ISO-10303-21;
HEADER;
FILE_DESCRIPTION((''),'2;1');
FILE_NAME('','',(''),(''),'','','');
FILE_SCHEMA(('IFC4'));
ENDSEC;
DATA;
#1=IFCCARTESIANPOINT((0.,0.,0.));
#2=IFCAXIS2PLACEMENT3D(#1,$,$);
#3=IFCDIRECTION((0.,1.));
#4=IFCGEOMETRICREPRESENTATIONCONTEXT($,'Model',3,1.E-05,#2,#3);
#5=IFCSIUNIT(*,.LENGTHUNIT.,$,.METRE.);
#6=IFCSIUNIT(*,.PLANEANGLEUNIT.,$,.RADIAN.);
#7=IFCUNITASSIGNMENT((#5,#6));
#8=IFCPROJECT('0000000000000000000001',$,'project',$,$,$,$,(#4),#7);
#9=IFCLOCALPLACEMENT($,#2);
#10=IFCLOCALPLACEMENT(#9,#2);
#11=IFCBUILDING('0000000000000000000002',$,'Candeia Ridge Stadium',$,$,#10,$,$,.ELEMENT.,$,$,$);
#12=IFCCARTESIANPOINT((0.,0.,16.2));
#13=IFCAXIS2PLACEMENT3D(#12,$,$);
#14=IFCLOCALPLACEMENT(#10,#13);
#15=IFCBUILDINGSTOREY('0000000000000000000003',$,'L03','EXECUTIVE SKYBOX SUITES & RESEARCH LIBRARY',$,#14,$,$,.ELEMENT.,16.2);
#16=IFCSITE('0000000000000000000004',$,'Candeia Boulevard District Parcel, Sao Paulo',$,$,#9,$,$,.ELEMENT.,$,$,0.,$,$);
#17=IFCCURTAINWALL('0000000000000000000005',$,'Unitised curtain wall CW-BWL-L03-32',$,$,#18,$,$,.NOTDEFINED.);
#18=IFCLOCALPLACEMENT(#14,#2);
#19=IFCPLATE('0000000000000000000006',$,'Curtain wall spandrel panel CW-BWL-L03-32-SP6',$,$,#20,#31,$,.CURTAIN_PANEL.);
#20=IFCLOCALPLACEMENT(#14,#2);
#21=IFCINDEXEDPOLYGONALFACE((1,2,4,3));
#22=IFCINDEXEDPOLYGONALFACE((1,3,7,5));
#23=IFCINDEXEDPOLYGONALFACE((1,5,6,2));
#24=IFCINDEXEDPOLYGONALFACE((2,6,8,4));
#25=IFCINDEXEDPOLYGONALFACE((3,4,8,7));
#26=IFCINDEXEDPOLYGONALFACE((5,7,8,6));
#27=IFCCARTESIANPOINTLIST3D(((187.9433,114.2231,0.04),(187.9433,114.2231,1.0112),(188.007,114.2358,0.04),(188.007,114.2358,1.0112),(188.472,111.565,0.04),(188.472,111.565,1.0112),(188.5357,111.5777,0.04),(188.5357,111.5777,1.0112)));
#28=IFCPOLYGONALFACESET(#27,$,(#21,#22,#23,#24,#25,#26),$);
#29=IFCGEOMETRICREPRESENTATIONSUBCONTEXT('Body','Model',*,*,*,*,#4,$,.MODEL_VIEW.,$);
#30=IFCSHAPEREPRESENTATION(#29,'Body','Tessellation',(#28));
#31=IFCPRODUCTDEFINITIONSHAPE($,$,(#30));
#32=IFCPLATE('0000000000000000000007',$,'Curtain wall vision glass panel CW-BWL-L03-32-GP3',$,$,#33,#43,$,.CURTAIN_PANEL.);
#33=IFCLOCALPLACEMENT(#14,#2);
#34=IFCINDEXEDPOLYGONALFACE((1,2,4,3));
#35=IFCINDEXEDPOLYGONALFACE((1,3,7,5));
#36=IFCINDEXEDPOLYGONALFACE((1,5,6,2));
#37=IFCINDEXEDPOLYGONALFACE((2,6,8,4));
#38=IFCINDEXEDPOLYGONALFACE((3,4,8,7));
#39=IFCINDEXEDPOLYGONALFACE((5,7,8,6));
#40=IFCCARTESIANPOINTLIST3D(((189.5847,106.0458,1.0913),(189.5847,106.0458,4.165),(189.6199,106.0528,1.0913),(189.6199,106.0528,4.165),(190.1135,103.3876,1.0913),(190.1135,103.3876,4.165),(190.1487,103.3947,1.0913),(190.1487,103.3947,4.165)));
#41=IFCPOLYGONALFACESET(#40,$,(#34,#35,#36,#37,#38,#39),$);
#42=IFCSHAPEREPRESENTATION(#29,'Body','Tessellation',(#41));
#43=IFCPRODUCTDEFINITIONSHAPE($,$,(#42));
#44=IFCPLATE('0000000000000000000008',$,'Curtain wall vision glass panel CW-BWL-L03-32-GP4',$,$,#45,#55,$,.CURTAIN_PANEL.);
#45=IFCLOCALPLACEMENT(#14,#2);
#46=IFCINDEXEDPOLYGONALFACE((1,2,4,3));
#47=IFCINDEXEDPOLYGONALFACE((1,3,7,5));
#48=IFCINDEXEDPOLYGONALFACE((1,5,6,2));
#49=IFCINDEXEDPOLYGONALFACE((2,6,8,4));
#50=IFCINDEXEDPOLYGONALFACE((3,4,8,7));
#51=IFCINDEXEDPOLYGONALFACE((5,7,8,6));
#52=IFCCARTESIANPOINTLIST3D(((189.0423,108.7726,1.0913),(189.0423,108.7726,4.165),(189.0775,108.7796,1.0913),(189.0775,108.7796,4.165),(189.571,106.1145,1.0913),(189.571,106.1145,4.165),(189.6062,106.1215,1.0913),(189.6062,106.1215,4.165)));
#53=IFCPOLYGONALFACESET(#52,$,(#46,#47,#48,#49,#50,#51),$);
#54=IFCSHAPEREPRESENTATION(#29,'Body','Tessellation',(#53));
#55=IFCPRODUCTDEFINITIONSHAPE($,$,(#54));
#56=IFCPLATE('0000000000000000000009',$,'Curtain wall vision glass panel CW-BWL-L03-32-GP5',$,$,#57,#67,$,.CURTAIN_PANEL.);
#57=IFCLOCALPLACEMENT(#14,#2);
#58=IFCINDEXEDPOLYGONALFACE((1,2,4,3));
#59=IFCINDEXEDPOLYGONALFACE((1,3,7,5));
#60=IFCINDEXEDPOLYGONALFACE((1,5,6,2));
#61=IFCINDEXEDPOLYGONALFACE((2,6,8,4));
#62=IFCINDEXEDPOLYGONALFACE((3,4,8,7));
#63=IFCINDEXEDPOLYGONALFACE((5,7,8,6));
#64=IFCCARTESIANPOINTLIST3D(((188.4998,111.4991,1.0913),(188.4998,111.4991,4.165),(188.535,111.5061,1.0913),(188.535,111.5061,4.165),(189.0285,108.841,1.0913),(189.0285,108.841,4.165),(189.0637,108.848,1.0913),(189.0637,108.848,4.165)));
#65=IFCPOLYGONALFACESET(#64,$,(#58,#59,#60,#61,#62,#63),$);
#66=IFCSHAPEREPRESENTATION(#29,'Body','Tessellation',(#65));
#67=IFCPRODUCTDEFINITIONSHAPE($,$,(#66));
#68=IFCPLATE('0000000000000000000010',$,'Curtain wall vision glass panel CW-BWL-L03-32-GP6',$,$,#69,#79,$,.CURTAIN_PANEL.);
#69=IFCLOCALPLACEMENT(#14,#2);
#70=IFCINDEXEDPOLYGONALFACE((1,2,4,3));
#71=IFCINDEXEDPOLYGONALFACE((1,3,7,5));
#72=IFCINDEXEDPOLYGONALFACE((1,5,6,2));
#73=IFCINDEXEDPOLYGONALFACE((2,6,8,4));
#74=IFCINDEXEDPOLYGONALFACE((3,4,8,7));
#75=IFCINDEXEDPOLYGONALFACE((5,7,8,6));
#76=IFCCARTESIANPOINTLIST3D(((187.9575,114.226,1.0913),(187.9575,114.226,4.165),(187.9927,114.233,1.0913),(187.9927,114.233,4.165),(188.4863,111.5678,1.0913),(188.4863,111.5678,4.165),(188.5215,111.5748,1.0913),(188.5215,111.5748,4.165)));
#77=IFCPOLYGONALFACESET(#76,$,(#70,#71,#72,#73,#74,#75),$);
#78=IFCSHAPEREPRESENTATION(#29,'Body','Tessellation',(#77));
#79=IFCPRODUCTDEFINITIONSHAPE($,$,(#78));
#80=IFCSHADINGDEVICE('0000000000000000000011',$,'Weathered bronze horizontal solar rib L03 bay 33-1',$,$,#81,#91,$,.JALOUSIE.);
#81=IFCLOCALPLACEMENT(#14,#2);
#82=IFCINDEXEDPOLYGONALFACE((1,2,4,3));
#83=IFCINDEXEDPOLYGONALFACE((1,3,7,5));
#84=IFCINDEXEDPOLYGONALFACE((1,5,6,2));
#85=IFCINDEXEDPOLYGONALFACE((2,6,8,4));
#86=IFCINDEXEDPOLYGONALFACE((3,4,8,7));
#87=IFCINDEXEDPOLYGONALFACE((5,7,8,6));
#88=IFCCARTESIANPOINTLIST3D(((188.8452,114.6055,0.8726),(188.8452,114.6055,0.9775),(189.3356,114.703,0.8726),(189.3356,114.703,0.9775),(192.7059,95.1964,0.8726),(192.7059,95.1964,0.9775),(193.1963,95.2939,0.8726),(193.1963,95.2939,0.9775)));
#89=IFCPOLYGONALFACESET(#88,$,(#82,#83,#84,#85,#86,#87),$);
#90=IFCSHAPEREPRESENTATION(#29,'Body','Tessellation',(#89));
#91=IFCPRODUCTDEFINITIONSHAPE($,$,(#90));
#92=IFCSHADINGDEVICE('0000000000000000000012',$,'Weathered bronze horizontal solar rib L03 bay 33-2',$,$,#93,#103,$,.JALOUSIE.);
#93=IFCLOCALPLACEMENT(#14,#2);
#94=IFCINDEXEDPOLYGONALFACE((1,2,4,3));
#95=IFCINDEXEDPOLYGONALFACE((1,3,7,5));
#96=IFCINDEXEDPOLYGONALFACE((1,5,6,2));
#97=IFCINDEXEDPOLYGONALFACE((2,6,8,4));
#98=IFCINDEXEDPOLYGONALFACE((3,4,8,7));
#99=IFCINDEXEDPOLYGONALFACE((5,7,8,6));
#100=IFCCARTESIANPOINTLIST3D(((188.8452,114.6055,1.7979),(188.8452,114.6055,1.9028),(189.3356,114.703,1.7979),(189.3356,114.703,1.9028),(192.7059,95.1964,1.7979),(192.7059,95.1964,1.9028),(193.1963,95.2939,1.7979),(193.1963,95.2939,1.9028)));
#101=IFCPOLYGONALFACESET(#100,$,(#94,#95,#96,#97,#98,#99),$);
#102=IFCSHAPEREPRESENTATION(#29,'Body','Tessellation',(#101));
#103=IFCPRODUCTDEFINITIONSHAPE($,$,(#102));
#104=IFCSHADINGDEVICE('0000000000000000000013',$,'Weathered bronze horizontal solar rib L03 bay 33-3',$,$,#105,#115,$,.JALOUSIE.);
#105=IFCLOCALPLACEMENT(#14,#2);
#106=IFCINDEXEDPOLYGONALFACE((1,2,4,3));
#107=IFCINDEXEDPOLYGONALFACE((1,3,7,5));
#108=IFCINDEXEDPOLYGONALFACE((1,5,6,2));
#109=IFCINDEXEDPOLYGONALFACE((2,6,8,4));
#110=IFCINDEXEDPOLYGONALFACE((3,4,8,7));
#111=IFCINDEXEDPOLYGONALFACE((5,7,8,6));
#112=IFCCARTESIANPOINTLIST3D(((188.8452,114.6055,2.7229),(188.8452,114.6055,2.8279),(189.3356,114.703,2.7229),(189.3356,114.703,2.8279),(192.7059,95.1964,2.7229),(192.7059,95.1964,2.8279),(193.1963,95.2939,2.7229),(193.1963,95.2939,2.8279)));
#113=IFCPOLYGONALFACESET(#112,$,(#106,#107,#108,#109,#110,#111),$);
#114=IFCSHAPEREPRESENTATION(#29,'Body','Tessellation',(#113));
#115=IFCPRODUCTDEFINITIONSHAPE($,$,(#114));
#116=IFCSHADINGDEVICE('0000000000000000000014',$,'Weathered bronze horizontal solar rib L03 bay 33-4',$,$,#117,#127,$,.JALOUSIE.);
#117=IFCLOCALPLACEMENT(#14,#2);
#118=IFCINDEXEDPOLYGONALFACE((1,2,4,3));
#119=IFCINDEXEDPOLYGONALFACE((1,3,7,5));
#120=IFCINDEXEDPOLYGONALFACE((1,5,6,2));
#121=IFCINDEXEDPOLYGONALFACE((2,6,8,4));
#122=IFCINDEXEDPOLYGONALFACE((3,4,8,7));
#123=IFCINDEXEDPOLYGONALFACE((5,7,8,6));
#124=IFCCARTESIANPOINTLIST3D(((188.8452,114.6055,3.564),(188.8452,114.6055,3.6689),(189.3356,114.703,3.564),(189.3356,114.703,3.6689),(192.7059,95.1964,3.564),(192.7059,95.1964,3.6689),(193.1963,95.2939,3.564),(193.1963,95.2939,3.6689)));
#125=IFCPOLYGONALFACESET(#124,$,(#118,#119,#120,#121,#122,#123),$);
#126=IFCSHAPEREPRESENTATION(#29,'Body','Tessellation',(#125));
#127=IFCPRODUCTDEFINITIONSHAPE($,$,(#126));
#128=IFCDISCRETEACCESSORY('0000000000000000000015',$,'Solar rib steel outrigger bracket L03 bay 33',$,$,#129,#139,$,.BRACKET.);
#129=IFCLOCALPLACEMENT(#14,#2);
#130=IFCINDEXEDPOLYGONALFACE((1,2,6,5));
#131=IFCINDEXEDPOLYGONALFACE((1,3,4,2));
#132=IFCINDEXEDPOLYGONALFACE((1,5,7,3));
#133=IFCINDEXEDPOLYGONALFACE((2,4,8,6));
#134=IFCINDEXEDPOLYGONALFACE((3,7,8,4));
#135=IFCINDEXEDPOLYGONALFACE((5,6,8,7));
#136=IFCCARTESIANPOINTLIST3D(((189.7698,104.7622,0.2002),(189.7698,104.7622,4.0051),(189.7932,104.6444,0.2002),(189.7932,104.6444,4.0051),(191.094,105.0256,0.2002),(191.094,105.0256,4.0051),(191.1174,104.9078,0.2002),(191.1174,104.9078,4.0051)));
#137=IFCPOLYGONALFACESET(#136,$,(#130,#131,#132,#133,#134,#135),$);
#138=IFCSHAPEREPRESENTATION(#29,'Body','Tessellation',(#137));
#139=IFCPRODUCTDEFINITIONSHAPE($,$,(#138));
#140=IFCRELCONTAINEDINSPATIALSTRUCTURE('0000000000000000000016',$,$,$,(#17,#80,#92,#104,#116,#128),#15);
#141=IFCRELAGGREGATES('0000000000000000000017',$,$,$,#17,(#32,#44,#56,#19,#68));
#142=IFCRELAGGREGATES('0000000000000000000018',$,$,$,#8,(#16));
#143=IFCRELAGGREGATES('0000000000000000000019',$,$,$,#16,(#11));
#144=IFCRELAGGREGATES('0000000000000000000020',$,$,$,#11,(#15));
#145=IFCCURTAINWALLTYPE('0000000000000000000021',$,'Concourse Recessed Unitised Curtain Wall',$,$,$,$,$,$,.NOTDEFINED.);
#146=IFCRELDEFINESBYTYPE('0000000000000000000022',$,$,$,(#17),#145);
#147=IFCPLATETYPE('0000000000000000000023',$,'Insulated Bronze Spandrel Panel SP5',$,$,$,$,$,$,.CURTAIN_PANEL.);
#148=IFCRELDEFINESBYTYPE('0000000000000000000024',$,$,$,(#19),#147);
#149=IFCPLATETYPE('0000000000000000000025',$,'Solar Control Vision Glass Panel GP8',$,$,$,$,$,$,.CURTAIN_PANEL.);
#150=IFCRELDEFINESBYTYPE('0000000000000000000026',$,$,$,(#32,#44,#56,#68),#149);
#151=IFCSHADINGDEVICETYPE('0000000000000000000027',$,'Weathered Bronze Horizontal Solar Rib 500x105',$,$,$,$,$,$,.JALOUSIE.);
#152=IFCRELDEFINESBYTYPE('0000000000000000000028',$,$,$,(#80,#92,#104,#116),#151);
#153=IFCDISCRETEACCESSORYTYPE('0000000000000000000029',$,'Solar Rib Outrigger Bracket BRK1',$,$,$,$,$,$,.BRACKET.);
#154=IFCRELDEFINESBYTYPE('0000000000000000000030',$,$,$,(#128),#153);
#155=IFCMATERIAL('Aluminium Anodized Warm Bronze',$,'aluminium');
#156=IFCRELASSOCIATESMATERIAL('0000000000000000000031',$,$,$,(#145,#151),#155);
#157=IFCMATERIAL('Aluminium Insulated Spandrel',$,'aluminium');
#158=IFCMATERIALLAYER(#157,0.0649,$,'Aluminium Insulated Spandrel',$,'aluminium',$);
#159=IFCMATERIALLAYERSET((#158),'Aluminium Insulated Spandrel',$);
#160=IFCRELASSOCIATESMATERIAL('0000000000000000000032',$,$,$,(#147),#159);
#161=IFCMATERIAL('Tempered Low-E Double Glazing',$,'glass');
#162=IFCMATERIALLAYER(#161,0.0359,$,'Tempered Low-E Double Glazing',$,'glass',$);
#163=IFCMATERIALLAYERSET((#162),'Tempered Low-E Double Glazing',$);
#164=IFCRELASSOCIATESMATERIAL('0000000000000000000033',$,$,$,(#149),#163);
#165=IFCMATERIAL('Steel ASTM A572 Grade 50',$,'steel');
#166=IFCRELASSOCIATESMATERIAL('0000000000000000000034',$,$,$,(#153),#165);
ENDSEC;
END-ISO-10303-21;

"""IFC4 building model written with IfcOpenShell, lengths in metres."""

from ifc_helpers import new_model, si_unit, direction, frame, origin, origin_2d, place, context, subcontext, project, spatial, rectangle, extrude, material, layer, layer_set, type_object, element, aggregate, save


model = new_model("IFC4")

# Units and contexts
model_context = context("Model", 3, precision=1e-05, world=origin(), true_north=direction((0.0, 1.0)))
body_context = subcontext(model_context, "Body", "Model", "MODEL_VIEW")
ifc_project = project(units=[si_unit("LENGTHUNIT", "METRE"), si_unit("PLANEANGLEUNIT", "RADIAN")], contexts=[model_context])

# Site, building, storey
site_placement = place(None, origin())
site = spatial("IfcSite", under=ifc_project, at=site_placement, Name="Candeia Boulevard District Parcel, Sao Paulo", CompositionType="ELEMENT", RefElevation=0.0)
building_placement = place(site_placement, origin())
building = spatial("IfcBuilding", under=site, at=building_placement, Name="Candeia Ridge Stadium", CompositionType="ELEMENT")
storey_placement = place(building_placement, frame((0.0, 0.0, 16.2)))
storey = spatial("IfcBuildingStorey", under=building, at=storey_placement, Name="L03", Description="EXECUTIVE SKYBOX SUITES & RESEARCH LIBRARY", CompositionType="ELEMENT", Elevation=16.2)

# Curtain wall
ifc_material_1 = material(Name="Aluminium Anodized Warm Bronze", Category="aluminium")
curtain_wall_type = type_object("IfcCurtainWallType", Name="Concourse Recessed Unitised Curtain Wall", PredefinedType="NOTDEFINED", material=ifc_material_1)
curtain_wall_1_placement = place(storey_placement, origin())
curtain_wall_1 = element("IfcCurtainWall", 1, at=curtain_wall_1_placement, inside=storey, type_object=curtain_wall_type, Name="Unitised curtain wall CW-BWL-L03-32", PredefinedType="NOTDEFINED")

# Plates
ifc_material_2 = material(Name="Aluminium Insulated Spandrel", Category="aluminium")
ifc_layer_1 = layer(ifc_material_2, 0.0649, Name="Aluminium Insulated Spandrel", Category="aluminium")
ifc_layer_set_1 = layer_set([ifc_layer_1], Name="Aluminium Insulated Spandrel")
plate_type_1 = type_object("IfcPlateType", Name="Insulated Bronze Spandrel Panel SP5", PredefinedType="CURTAIN_PANEL", material=ifc_layer_set_1)
plate_1_placement = place(storey_placement, frame((188.2395, 112.9004, 0.04), z_axis=(0.0, 0.0, 1.0), x_axis=(-0.19509, 0.980785, 0.0)))
plate_1 = element("IfcPlate", 2, at=plate_1_placement, type_object=plate_type_1, Name="Curtain wall spandrel panel CW-BWL-L03-32-SP6", PredefinedType="CURTAIN_PANEL", context=body_context, shape_type="SweptSolid", body=[
    extrude(rectangle(XDim=2.7102, YDim=0.0649, at=origin_2d()), origin(), (0.0, 0.0, 1.0), 0.9712),
])
ifc_material_3 = material(Name="Tempered Low-E Double Glazing", Category="glass")
ifc_layer_2 = layer(ifc_material_3, 0.0359, Name="Tempered Low-E Double Glazing", Category="glass")
ifc_layer_set_2 = layer_set([ifc_layer_2], Name="Tempered Low-E Double Glazing")
plate_type_2 = type_object("IfcPlateType", Name="Solar Control Vision Glass Panel GP8", PredefinedType="CURTAIN_PANEL", material=ifc_layer_set_2)
plate_2_placement = place(storey_placement, frame((189.8667, 104.7202, 1.0913), z_axis=(0.0, 0.0, 1.0), x_axis=(-0.19509, 0.980785, 0.0)))
plate_2 = element("IfcPlate", 3, at=plate_2_placement, type_object=plate_type_2, Name="Curtain wall vision glass panel CW-BWL-L03-32-GP3", PredefinedType="CURTAIN_PANEL", context=body_context, shape_type="SweptSolid", body=[
    extrude(rectangle(XDim=2.7102, YDim=0.0359, at=origin_2d()), origin(), (0.0, 0.0, 1.0), 3.0737),
])
plate_3_placement = place(storey_placement, frame((189.3242, 107.447, 1.0913), z_axis=(0.0, 0.0, 1.0), x_axis=(-0.19509, 0.980785, 0.0)))
plate_3 = element("IfcPlate", 4, at=plate_3_placement, type_object=plate_type_2, Name="Curtain wall vision glass panel CW-BWL-L03-32-GP4", PredefinedType="CURTAIN_PANEL", context=body_context, shape_type="SweptSolid", body=[
    extrude(rectangle(XDim=2.7102, YDim=0.0359, at=origin_2d()), origin(), (0.0, 0.0, 1.0), 3.0737),
])
plate_4_placement = place(storey_placement, frame((188.7817, 110.1736, 1.0913), z_axis=(0.0, 0.0, 1.0), x_axis=(-0.19509, 0.980785, 0.0)))
plate_4 = element("IfcPlate", 5, at=plate_4_placement, type_object=plate_type_2, Name="Curtain wall vision glass panel CW-BWL-L03-32-GP5", PredefinedType="CURTAIN_PANEL", context=body_context, shape_type="SweptSolid", body=[
    extrude(rectangle(XDim=2.7102, YDim=0.0359, at=origin_2d()), origin(), (0.0, 0.0, 1.0), 3.0737),
])
plate_5_placement = place(storey_placement, frame((188.2395, 112.9004, 1.0913), z_axis=(0.0, 0.0, 1.0), x_axis=(-0.19509, 0.980785, 0.0)))
plate_5 = element("IfcPlate", 6, at=plate_5_placement, type_object=plate_type_2, Name="Curtain wall vision glass panel CW-BWL-L03-32-GP6", PredefinedType="CURTAIN_PANEL", context=body_context, shape_type="SweptSolid", body=[
    extrude(rectangle(XDim=2.7102, YDim=0.0359, at=origin_2d()), origin(), (0.0, 0.0, 1.0), 3.0737),
])
aggregate(curtain_wall_1, [plate_2, plate_3, plate_4, plate_1, plate_5])

# Shading devices
shading_device_type = type_object("IfcShadingDeviceType", Name="Weathered Bronze Horizontal Solar Rib 500x105", PredefinedType="JALOUSIE", material=ifc_material_1)
for number, where, z_axis, x_axis, name in (
    (7, (191.0208, 104.9497, 0.8726), (0.0, 0.0, 1.0), (-0.19509, 0.980785, 0.0), "Weathered bronze horizontal solar rib L03 bay 33-1"),
    (8, (191.0208, 104.9497, 1.7979), (0.0, 0.0, 1.0), (-0.19509, 0.980785, 0.0), "Weathered bronze horizontal solar rib L03 bay 33-2"),
    (9, (191.0208, 104.9497, 2.7229), (0.0, 0.0, 1.0), (-0.19509, 0.980785, 0.0), "Weathered bronze horizontal solar rib L03 bay 33-3"),
    (10, (191.0208, 104.9497, 3.564), (0.0, 0.0, 1.0), (-0.19509, 0.980785, 0.0), "Weathered bronze horizontal solar rib L03 bay 33-4"),
):
    element("IfcShadingDevice", number, at=place(storey_placement, frame(where, z_axis=z_axis, x_axis=x_axis)), inside=storey, type_object=shading_device_type, Name=name, PredefinedType="JALOUSIE", context=body_context, shape_type="SweptSolid", body=[
        extrude(rectangle(XDim=19.7893, YDim=0.5, at=origin_2d()), origin(), (0.0, 0.0, 1.0), 0.105),
    ])

# Discrete accessory
ifc_material_4 = material(Name="Steel ASTM A572 Grade 50", Category="steel")
discrete_accessory_type = type_object("IfcDiscreteAccessoryType", Name="Solar Rib Outrigger Bracket BRK1", PredefinedType="BRACKET", material=ifc_material_4)
discrete_accessory_placement = place(storey_placement, frame((190.4436, 104.835, 0.2002), z_axis=(0.0, 0.0, 1.0), x_axis=(0.980785, 0.19509, 0.0)))
element("IfcDiscreteAccessory", 11, at=discrete_accessory_placement, inside=storey, type_object=discrete_accessory_type, Name="Solar rib steel outrigger bracket L03 bay 33", PredefinedType="BRACKET", context=body_context, shape_type="SweptSolid", body=[
    extrude(rectangle(XDim=1.3501, YDim=0.1201, at=origin_2d()), origin(), (0.0, 0.0, 1.0), 3.8049),
])

save(model, "model.ifc")
